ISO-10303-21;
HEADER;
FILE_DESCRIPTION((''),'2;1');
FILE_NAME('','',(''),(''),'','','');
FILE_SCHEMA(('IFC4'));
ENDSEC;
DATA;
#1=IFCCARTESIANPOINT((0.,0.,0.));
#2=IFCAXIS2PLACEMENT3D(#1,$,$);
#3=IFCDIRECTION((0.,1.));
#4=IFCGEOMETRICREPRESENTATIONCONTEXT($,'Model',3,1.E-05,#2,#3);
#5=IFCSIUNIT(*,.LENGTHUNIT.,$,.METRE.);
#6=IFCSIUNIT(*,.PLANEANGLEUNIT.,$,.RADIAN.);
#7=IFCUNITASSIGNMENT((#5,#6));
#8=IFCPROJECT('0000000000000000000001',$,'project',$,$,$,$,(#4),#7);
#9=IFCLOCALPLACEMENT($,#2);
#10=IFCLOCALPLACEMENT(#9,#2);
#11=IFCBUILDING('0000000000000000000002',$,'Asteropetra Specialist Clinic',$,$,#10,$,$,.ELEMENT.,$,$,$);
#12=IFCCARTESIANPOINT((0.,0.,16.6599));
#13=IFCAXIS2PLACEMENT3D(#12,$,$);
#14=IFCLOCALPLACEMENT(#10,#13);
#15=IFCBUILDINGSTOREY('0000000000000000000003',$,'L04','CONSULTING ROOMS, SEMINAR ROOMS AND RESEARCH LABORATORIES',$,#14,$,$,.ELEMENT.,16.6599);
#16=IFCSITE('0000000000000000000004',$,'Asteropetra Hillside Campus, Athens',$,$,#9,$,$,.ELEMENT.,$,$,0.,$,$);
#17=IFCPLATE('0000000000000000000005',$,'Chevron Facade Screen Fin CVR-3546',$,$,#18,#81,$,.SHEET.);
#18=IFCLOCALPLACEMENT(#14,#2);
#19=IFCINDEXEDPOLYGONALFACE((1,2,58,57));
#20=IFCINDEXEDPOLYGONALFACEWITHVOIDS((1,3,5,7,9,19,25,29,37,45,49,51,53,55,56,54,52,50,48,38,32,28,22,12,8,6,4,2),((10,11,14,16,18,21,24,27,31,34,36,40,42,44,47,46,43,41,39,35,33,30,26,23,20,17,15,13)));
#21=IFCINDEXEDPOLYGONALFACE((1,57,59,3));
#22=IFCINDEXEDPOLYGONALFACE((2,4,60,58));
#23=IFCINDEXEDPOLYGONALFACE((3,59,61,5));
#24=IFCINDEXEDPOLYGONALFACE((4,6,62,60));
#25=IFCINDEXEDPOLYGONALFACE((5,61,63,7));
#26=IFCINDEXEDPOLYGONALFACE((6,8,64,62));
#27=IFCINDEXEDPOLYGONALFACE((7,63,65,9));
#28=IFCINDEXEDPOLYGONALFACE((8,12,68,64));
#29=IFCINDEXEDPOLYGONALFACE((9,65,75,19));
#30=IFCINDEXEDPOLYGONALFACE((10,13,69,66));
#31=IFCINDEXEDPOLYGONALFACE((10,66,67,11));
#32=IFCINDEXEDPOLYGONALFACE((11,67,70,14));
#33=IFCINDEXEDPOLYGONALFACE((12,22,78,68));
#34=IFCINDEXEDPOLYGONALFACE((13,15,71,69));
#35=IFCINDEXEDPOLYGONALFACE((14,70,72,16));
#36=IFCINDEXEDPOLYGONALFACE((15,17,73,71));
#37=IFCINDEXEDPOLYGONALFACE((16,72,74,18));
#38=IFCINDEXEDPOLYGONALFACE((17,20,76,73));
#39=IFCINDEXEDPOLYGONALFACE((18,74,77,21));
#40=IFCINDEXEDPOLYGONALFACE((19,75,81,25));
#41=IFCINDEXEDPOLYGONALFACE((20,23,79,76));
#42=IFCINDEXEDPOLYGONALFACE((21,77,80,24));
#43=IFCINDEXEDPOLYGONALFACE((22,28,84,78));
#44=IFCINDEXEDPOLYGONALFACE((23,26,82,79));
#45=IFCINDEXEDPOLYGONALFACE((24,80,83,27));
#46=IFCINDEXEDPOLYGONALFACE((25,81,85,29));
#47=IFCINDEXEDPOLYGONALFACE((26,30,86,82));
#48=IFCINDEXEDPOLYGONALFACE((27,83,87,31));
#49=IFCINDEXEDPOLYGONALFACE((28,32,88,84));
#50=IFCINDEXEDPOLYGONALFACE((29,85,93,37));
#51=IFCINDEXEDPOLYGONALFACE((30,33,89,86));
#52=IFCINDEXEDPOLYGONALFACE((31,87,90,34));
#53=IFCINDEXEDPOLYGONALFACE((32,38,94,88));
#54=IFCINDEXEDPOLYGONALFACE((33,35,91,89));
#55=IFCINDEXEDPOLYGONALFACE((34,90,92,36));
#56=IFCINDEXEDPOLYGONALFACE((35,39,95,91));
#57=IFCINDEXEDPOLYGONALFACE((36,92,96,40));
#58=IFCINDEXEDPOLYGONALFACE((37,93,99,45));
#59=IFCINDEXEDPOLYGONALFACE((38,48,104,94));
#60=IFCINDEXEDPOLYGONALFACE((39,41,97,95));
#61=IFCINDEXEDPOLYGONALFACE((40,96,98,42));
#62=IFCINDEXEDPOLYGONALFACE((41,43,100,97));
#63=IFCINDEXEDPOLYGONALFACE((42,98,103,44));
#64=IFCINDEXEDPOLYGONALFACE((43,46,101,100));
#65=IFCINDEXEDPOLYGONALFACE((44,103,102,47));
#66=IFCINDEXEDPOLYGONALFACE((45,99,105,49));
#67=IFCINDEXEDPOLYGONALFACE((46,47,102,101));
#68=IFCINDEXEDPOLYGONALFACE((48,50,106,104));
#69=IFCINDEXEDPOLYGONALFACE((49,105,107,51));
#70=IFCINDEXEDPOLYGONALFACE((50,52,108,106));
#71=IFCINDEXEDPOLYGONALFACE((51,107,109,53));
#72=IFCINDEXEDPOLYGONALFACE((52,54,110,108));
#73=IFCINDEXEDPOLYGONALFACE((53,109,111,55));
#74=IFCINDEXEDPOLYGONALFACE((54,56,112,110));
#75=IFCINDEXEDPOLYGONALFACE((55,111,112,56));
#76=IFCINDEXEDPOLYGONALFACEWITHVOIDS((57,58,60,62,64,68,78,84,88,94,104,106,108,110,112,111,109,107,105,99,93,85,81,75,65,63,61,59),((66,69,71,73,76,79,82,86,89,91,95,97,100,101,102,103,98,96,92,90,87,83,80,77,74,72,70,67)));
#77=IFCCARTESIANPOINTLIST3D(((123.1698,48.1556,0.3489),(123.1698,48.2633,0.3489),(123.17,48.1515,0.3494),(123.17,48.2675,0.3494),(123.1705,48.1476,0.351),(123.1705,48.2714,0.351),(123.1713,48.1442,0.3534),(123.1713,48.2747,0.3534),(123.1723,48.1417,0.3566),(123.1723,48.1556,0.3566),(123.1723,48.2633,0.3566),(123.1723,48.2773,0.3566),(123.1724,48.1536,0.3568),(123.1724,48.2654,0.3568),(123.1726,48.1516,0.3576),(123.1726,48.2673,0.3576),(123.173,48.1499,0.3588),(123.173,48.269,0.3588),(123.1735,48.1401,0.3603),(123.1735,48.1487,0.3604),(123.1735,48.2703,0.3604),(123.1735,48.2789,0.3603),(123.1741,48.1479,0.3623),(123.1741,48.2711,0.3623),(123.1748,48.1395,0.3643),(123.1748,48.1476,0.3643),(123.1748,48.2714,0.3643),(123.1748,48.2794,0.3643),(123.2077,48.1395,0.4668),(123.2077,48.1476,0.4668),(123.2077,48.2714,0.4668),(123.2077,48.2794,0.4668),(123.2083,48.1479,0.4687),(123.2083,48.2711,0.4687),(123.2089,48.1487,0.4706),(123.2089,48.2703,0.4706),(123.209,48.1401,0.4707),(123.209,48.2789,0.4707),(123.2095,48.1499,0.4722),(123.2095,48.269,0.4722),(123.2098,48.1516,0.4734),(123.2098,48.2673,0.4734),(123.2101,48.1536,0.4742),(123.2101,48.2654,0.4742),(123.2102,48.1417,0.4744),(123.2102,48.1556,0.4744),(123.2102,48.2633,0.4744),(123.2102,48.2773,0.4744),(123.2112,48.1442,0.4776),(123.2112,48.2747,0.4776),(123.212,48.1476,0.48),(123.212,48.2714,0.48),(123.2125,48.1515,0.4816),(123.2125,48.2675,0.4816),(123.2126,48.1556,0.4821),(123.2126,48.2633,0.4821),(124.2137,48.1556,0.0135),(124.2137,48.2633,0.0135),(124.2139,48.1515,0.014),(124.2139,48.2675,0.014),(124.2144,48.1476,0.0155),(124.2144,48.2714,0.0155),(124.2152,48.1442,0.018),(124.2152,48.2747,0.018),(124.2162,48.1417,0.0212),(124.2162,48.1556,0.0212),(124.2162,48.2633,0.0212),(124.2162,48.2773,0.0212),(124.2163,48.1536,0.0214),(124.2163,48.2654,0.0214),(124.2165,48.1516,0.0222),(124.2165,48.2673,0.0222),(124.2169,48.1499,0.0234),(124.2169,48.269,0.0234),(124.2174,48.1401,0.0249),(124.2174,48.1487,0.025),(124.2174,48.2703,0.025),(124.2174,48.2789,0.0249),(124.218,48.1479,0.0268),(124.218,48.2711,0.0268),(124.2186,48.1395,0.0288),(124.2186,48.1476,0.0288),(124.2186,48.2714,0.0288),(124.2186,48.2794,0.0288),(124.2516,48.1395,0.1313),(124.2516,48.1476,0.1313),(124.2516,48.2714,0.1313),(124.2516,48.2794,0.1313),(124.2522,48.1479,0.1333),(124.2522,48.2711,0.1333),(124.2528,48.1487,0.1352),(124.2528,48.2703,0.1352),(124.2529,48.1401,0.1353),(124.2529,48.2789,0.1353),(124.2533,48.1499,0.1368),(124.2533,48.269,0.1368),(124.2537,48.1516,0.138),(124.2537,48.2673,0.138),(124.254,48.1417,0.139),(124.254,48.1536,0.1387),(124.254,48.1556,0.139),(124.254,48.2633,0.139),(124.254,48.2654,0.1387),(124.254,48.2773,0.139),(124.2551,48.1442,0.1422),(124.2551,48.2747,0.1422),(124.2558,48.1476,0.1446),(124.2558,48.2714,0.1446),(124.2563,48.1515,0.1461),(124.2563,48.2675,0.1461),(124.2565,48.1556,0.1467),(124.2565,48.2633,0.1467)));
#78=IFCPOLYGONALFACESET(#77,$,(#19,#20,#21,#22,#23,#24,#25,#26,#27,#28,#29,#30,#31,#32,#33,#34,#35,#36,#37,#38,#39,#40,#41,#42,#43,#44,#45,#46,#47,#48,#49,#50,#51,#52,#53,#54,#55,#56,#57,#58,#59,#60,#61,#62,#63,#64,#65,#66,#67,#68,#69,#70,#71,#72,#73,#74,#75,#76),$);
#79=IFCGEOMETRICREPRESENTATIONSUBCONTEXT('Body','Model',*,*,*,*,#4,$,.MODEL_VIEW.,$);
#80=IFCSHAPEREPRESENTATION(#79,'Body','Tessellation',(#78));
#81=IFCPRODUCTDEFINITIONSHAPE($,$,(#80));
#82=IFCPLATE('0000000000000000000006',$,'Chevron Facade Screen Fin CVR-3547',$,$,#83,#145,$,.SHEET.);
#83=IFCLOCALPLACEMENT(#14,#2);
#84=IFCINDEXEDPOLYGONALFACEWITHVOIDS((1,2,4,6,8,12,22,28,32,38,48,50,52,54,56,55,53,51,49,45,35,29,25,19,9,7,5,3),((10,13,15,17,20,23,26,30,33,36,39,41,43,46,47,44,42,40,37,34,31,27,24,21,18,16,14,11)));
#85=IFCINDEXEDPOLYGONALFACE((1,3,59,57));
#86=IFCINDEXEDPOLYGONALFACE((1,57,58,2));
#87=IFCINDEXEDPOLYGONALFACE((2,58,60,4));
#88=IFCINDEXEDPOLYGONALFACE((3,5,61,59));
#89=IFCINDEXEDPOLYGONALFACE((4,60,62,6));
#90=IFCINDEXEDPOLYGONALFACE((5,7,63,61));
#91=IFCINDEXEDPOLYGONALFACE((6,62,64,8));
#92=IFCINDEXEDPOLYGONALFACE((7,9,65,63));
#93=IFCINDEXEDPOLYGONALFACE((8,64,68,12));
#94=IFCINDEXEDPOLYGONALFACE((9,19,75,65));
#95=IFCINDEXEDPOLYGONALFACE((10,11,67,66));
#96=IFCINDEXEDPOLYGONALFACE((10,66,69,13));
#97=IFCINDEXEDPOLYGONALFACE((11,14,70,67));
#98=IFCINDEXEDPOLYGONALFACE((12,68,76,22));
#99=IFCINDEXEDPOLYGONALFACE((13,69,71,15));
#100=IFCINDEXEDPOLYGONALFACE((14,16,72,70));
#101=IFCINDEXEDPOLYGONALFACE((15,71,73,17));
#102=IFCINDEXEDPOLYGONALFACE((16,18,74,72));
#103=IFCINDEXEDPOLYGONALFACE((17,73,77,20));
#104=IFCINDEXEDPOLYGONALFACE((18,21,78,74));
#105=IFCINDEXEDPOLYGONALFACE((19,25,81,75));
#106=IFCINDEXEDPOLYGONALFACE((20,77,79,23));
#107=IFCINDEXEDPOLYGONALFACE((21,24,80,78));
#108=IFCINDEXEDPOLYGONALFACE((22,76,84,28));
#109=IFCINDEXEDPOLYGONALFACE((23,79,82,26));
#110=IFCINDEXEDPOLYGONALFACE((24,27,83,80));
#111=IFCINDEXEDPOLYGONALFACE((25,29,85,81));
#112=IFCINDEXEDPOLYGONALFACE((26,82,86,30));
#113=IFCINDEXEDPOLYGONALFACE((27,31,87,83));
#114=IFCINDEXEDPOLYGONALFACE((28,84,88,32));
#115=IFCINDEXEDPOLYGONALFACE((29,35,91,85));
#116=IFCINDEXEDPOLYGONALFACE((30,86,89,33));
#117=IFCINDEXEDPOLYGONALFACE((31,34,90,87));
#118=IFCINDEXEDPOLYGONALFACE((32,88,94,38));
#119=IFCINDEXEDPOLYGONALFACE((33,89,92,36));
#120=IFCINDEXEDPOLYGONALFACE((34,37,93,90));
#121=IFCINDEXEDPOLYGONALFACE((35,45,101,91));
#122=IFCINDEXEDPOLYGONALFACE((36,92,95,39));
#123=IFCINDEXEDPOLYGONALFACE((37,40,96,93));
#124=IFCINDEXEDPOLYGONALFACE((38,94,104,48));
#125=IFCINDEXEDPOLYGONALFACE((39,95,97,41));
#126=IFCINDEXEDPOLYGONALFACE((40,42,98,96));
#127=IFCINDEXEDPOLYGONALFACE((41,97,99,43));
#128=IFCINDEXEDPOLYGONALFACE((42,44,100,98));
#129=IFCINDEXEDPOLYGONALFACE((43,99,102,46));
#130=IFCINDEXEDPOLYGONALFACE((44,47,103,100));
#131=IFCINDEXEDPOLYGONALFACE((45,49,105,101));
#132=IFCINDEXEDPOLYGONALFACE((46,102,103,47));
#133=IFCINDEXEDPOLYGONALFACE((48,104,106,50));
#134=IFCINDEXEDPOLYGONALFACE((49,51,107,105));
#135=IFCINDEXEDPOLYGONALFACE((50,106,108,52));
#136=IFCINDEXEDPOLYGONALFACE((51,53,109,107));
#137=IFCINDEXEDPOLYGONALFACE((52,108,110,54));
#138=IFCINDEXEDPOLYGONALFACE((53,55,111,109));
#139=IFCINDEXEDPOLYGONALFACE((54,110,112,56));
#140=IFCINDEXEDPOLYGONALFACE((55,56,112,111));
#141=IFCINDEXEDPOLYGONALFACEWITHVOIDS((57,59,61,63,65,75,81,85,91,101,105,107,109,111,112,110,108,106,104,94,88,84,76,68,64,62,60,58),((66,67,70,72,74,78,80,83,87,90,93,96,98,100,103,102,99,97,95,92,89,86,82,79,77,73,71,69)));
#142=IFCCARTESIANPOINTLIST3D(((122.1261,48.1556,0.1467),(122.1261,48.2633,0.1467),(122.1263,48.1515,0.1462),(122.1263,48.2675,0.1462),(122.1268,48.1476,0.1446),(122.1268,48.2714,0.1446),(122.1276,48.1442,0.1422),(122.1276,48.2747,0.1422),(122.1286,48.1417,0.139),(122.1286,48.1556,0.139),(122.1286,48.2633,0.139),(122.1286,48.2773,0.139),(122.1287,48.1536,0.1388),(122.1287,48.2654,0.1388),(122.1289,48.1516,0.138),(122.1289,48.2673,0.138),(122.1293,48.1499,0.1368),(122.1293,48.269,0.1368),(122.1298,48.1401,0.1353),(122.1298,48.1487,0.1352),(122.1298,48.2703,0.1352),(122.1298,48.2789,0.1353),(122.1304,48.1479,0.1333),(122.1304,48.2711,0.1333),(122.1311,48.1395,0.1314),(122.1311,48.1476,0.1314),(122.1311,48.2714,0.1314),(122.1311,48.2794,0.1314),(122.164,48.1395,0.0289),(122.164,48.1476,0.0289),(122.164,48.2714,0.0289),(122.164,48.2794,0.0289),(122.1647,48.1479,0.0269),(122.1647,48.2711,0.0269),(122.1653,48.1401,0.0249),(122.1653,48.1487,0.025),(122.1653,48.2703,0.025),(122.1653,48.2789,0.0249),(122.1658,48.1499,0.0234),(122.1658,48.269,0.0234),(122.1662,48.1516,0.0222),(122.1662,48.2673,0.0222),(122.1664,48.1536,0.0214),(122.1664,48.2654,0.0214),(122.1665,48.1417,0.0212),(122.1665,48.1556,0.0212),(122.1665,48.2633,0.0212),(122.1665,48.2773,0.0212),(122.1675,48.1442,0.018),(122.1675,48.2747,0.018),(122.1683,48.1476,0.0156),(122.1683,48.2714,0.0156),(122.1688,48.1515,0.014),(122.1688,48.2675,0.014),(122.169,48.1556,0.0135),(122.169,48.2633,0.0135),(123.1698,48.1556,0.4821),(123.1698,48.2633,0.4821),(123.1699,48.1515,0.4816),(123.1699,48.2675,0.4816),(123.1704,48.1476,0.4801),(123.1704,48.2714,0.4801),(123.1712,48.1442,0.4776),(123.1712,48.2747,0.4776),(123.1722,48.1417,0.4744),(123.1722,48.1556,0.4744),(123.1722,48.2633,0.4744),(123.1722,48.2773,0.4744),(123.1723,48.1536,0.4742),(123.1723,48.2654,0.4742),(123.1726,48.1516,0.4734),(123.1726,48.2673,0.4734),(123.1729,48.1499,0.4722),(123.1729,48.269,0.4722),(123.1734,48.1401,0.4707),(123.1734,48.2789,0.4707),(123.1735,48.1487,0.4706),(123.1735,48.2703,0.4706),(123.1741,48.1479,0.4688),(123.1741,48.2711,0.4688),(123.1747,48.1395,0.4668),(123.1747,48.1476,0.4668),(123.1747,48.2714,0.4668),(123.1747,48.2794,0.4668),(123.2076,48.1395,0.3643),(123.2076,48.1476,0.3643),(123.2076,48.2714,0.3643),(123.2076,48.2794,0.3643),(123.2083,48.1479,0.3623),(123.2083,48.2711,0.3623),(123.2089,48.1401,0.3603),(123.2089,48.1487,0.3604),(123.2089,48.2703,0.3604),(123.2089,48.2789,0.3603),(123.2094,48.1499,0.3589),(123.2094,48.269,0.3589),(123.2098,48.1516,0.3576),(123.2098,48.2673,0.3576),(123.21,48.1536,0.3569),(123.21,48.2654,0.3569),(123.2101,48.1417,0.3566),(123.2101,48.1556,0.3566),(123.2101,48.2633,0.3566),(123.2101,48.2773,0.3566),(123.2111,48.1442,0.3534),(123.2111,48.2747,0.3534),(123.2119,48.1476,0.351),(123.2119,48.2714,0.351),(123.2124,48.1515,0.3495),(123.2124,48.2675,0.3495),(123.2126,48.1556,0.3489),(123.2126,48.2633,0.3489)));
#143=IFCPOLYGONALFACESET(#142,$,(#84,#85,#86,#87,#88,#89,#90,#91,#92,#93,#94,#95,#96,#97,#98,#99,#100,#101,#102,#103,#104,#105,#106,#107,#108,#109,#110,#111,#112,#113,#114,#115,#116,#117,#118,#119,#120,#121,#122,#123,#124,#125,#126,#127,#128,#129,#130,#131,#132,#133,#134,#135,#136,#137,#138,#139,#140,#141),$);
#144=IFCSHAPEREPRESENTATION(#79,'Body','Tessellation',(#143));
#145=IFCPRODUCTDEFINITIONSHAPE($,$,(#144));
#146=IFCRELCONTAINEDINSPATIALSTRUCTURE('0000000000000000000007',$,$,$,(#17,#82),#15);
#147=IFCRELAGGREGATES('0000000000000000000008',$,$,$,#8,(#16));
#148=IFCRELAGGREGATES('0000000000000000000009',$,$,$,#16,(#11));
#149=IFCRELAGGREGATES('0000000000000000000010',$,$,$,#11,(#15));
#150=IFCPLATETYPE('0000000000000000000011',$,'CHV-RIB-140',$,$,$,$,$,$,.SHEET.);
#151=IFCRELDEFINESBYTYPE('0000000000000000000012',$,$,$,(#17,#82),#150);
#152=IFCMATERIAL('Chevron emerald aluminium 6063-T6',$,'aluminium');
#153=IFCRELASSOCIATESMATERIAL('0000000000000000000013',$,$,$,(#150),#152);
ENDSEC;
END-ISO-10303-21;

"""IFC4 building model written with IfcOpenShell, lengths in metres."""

from ifc_helpers import new_model, si_unit, direction, frame, origin, origin_2d, place, context, subcontext, project, spatial, hollow_rectangle, extrude, material, material_profile, profile_set, type_object, element, save


model = new_model("IFC4")

# Units and contexts
model_context = context("Model", 3, precision=1e-05, world=origin(), true_north=direction((0.0, 1.0)))
body_context = subcontext(model_context, "Body", "Model", "MODEL_VIEW")
ifc_project = project(units=[si_unit("LENGTHUNIT", "METRE"), si_unit("PLANEANGLEUNIT", "RADIAN")], contexts=[model_context])

# Site, building, storey
site_placement = place(None, origin())
site = spatial("IfcSite", under=ifc_project, at=site_placement, Name="Asteropetra Hillside Campus, Athens", CompositionType="ELEMENT", RefElevation=0.0)
building_placement = place(site_placement, origin())
building = spatial("IfcBuilding", under=site, at=building_placement, Name="Asteropetra Specialist Clinic", CompositionType="ELEMENT")
storey_placement = place(building_placement, frame((0.0, 0.0, 16.6599)))
storey = spatial("IfcBuildingStorey", under=building, at=storey_placement, Name="L04", Description="CONSULTING ROOMS, SEMINAR ROOMS AND RESEARCH LABORATORIES", CompositionType="ELEMENT", Elevation=16.6599)

# Plates
ifc_material_1 = material(Name="Chevron emerald aluminium 6063-T6", Category="aluminium")
ifc_material_profile = material_profile(ifc_material_1, hollow_rectangle(XDim=0.1399, YDim=0.1399, WallThickness=0.0081, InnerFilletRadius=0.0081, OuterFilletRadius=0.0161, at=origin_2d()), Name="SHS 140x140x8.0")
ifc_profile_set = profile_set([ifc_material_profile], Name="Chevron emerald aluminium 6063-T6")
plate_type = type_object("IfcPlateType", Name="CHV-RIB-140", PredefinedType="SHEET", material=ifc_profile_set)
plate_1_placement = place(storey_placement, frame((124.2351, 48.2095, 0.0801), z_axis=(-0.952056, 0.0, 0.305923), x_axis=(0.0, -1.0, 0.0)))
element("IfcPlate", 1, at=plate_1_placement, inside=storey, type_object=plate_type, Name="Chevron Facade Screen Fin CVR-3546", PredefinedType="SHEET", context=body_context, shape_type="SweptSolid", body=[
    extrude(hollow_rectangle(XDim=0.1399, YDim=0.1399, WallThickness=0.0081, InnerFilletRadius=0.0081, OuterFilletRadius=0.0161, at=origin_2d()), origin(), (0.0, 0.0, 1.0), 1.0964),
])
plate_2_placement = place(storey_placement, frame((123.1912, 48.2095, 0.4155), z_axis=(-0.952036, 0.0, -0.305988), x_axis=(0.0, -1.0, 0.0)))
element("IfcPlate", 2, at=plate_2_placement, inside=storey, type_object=plate_type, Name="Chevron Facade Screen Fin CVR-3547", PredefinedType="SHEET", context=body_context, shape_type="SweptSolid", body=[
    extrude(hollow_rectangle(XDim=0.1399, YDim=0.1399, WallThickness=0.0081, InnerFilletRadius=0.0081, OuterFilletRadius=0.0161, at=origin_2d()), origin(), (0.0, 0.0, 1.0), 1.0962),
])

save(model, "model.ifc")
